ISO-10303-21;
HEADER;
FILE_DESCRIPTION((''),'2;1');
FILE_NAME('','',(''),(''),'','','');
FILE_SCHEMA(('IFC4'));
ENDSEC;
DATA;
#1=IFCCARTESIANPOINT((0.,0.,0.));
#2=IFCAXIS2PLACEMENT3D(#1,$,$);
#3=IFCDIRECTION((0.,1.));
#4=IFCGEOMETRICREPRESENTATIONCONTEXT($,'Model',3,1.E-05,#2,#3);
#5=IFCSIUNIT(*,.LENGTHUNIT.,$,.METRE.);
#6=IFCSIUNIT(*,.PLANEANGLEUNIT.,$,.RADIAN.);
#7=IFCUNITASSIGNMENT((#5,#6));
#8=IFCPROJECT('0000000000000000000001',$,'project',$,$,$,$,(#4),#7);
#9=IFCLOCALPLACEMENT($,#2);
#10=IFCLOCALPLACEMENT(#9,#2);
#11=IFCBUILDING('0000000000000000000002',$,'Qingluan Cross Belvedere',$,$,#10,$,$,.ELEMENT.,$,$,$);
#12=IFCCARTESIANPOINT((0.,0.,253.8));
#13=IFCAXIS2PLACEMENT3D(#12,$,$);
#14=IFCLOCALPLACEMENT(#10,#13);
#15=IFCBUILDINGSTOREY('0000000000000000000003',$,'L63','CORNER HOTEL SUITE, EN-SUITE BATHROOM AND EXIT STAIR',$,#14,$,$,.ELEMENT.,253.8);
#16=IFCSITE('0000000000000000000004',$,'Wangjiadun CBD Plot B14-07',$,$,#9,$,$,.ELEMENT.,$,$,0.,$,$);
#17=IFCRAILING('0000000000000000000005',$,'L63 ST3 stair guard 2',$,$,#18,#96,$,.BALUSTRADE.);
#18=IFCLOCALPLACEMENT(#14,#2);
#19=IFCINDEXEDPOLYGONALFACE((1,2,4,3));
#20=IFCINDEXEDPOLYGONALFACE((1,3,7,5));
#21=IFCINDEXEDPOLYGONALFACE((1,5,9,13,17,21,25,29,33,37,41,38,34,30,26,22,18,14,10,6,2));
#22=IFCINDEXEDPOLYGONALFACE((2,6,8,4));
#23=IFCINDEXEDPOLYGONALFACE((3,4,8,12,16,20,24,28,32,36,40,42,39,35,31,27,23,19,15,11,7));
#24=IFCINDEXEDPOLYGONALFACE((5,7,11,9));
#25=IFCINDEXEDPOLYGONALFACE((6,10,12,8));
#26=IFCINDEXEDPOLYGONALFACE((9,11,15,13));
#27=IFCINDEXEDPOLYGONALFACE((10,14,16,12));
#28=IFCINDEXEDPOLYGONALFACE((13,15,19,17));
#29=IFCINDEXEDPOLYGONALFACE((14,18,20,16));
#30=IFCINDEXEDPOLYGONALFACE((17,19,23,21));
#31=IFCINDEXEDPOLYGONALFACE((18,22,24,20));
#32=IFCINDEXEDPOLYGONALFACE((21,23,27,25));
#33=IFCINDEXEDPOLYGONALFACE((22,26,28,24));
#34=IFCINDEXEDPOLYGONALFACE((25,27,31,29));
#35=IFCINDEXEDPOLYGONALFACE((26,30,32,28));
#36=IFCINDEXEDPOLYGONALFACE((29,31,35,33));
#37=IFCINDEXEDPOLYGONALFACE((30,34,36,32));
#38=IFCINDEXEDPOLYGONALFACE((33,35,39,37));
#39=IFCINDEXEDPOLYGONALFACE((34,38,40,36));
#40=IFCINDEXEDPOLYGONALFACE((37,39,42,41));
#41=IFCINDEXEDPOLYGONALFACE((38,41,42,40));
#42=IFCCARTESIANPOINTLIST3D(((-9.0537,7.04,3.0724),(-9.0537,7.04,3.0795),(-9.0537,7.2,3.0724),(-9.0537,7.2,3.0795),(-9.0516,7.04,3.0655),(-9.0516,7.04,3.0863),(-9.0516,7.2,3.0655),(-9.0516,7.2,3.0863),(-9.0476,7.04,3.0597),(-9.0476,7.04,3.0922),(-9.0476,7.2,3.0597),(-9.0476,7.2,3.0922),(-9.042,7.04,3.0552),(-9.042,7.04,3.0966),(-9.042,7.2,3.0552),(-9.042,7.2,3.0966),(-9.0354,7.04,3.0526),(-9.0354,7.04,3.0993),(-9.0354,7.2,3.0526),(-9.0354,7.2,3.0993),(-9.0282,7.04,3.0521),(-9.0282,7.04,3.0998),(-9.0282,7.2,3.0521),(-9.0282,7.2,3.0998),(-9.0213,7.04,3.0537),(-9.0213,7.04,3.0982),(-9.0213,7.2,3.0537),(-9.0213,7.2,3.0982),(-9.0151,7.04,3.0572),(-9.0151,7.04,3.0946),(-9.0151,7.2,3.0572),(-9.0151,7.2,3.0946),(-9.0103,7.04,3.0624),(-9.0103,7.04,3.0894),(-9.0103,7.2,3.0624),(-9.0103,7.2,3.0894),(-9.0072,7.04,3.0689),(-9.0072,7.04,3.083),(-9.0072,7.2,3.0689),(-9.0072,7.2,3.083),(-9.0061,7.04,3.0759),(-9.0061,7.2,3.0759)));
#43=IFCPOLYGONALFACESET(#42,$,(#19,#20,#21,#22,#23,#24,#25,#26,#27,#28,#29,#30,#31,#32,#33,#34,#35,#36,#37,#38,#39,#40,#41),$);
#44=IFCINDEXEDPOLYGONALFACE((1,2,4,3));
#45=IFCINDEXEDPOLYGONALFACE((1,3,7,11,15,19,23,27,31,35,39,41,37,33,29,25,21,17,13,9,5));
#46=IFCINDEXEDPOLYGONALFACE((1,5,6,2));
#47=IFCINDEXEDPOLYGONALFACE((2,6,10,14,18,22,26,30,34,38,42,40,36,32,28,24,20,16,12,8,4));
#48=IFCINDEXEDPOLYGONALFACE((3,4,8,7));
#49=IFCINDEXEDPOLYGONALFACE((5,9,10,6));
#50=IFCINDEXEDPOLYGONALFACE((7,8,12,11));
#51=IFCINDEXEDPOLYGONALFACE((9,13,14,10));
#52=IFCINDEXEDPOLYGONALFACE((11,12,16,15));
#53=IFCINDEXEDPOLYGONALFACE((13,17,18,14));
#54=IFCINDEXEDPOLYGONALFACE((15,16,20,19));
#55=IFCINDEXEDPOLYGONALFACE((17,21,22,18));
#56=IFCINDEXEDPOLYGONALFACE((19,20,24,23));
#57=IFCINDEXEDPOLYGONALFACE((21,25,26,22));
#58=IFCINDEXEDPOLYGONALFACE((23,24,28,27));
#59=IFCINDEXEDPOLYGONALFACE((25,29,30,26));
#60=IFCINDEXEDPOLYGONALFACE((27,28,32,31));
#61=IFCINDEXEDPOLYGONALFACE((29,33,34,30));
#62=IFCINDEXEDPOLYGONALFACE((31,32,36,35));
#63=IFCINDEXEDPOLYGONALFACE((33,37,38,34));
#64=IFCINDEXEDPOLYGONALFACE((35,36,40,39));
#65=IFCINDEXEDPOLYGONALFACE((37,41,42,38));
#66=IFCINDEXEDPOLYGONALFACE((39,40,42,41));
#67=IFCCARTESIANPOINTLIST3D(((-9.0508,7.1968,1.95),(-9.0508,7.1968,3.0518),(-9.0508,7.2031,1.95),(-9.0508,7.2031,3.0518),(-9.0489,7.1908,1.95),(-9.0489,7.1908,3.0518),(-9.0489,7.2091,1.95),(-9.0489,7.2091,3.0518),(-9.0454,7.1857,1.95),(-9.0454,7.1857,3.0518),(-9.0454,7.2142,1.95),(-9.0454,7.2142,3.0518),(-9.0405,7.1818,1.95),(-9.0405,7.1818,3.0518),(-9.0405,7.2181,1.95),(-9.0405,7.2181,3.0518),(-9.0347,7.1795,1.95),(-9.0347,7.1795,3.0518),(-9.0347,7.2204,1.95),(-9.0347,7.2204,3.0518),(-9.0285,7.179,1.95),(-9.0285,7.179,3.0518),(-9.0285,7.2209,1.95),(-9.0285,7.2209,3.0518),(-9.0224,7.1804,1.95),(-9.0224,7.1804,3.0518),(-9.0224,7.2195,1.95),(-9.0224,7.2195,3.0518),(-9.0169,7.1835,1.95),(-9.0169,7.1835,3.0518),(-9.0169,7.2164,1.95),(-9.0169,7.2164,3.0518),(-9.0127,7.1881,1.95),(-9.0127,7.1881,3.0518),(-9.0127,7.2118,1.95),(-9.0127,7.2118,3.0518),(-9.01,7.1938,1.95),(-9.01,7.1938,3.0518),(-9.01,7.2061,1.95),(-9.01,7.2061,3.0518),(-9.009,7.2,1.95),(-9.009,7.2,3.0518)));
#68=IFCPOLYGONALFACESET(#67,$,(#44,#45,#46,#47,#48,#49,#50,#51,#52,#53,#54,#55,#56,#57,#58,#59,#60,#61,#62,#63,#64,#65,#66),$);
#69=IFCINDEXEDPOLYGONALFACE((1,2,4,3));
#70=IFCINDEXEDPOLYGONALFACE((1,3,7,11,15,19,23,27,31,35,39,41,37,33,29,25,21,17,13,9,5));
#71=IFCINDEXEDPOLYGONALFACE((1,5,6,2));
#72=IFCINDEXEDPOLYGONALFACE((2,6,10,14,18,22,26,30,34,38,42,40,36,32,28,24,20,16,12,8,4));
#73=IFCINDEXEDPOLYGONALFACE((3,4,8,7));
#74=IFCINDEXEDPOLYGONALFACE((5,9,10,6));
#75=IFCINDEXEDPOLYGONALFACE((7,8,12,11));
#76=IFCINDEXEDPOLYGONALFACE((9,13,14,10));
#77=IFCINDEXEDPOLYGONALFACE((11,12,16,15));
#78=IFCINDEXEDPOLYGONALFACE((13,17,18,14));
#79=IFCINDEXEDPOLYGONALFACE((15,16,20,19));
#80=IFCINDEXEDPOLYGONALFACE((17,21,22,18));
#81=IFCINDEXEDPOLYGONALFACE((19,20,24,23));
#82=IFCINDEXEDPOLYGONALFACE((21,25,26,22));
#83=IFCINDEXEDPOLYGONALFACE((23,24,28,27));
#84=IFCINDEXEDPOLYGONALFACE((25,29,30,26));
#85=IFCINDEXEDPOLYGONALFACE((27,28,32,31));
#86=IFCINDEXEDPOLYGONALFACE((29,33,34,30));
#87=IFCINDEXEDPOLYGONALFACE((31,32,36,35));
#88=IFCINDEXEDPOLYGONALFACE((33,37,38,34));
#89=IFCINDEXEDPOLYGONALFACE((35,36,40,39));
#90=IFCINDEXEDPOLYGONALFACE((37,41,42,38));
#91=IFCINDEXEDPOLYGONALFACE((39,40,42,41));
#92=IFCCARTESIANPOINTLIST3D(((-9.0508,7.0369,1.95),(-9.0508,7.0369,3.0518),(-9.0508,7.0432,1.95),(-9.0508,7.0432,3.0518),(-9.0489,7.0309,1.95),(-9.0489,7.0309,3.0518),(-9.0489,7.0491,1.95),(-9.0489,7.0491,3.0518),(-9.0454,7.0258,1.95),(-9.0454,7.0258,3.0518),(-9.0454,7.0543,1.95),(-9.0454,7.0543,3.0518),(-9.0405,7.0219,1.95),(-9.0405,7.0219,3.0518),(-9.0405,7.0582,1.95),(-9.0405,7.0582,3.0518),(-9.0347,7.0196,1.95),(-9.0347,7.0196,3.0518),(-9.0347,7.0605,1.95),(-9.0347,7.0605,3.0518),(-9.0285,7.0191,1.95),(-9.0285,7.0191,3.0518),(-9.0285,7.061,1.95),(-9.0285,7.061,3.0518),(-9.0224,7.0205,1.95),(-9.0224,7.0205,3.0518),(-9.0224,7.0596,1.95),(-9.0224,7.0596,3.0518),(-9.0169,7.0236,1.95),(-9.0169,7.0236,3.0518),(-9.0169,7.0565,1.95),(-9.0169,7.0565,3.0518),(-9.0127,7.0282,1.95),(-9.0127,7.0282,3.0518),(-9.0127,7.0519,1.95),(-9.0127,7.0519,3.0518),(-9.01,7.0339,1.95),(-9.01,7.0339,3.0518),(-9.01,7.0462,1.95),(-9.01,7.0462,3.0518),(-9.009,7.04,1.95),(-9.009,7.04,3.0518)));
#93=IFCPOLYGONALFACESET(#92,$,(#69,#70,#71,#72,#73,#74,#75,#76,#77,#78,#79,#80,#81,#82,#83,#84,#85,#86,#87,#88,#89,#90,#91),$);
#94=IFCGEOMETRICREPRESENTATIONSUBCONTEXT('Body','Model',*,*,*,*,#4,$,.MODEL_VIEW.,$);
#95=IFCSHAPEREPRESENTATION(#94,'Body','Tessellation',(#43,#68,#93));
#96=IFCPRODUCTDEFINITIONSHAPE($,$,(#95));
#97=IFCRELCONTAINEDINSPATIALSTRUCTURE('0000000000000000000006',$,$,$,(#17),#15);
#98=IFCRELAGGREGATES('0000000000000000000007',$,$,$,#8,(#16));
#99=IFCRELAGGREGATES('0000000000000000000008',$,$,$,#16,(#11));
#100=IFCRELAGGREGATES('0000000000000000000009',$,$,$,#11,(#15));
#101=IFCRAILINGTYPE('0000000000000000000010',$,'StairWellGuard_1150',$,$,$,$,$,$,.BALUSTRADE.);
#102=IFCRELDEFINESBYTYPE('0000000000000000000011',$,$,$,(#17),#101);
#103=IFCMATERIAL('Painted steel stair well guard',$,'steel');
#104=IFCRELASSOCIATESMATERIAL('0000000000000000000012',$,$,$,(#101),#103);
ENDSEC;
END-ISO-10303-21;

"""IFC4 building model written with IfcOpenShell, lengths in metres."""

from ifc_helpers import new_model, si_unit, direction, frame, origin, origin_2d, place, context, subcontext, project, spatial, circle, extrude, material, type_object, element, save


model = new_model("IFC4")

# Units and contexts
model_context = context("Model", 3, precision=1e-05, world=origin(), true_north=direction((0.0, 1.0)))
body_context = subcontext(model_context, "Body", "Model", "MODEL_VIEW")
ifc_project = project(units=[si_unit("LENGTHUNIT", "METRE"), si_unit("PLANEANGLEUNIT", "RADIAN")], contexts=[model_context])

# Site, building, storey
site_placement = place(None, origin())
site = spatial("IfcSite", under=ifc_project, at=site_placement, Name="Wangjiadun CBD Plot B14-07", CompositionType="ELEMENT", RefElevation=0.0)
building_placement = place(site_placement, origin())
building = spatial("IfcBuilding", under=site, at=building_placement, Name="Qingluan Cross Belvedere", CompositionType="ELEMENT")
storey_placement = place(building_placement, frame((0.0, 0.0, 253.8)))
storey = spatial("IfcBuildingStorey", under=building, at=storey_placement, Name="L63", Description="CORNER HOTEL SUITE, EN-SUITE BATHROOM AND EXIT STAIR", CompositionType="ELEMENT", Elevation=253.8)

# Railing
ifc_material_1 = material(Name="Painted steel stair well guard", Category="steel")
railing_type_1 = type_object("IfcRailingType", Name="StairWellGuard_1150", PredefinedType="BALUSTRADE", material=ifc_material_1)
railing_1_placement = place(storey_placement, frame((-9.03, 7.2, 1.95)))
element("IfcRailing", 1, at=railing_1_placement, inside=storey, type_object=railing_type_1, Name="L63 ST3 stair guard 2", PredefinedType="BALUSTRADE", context=body_context, shape_type="SweptSolid", body=[
    extrude(circle(Radius=0.0239, at=origin_2d()), frame((0.0, 0.0, 1.126), z_axis=(0.0, -1.0, 0.0), x_axis=(1.0, 0.0, 0.0)), (0.0, 0.0, 1.0), 0.1599),
    extrude(circle(Radius=0.021, at=origin_2d()), origin(), (0.0, 0.0, 1.0), 1.1018),
    extrude(circle(Radius=0.021, at=origin_2d()), frame((0.0, -0.1599, 0.0)), (0.0, 0.0, 1.0), 1.1018),
])

save(model, "model.ifc")
